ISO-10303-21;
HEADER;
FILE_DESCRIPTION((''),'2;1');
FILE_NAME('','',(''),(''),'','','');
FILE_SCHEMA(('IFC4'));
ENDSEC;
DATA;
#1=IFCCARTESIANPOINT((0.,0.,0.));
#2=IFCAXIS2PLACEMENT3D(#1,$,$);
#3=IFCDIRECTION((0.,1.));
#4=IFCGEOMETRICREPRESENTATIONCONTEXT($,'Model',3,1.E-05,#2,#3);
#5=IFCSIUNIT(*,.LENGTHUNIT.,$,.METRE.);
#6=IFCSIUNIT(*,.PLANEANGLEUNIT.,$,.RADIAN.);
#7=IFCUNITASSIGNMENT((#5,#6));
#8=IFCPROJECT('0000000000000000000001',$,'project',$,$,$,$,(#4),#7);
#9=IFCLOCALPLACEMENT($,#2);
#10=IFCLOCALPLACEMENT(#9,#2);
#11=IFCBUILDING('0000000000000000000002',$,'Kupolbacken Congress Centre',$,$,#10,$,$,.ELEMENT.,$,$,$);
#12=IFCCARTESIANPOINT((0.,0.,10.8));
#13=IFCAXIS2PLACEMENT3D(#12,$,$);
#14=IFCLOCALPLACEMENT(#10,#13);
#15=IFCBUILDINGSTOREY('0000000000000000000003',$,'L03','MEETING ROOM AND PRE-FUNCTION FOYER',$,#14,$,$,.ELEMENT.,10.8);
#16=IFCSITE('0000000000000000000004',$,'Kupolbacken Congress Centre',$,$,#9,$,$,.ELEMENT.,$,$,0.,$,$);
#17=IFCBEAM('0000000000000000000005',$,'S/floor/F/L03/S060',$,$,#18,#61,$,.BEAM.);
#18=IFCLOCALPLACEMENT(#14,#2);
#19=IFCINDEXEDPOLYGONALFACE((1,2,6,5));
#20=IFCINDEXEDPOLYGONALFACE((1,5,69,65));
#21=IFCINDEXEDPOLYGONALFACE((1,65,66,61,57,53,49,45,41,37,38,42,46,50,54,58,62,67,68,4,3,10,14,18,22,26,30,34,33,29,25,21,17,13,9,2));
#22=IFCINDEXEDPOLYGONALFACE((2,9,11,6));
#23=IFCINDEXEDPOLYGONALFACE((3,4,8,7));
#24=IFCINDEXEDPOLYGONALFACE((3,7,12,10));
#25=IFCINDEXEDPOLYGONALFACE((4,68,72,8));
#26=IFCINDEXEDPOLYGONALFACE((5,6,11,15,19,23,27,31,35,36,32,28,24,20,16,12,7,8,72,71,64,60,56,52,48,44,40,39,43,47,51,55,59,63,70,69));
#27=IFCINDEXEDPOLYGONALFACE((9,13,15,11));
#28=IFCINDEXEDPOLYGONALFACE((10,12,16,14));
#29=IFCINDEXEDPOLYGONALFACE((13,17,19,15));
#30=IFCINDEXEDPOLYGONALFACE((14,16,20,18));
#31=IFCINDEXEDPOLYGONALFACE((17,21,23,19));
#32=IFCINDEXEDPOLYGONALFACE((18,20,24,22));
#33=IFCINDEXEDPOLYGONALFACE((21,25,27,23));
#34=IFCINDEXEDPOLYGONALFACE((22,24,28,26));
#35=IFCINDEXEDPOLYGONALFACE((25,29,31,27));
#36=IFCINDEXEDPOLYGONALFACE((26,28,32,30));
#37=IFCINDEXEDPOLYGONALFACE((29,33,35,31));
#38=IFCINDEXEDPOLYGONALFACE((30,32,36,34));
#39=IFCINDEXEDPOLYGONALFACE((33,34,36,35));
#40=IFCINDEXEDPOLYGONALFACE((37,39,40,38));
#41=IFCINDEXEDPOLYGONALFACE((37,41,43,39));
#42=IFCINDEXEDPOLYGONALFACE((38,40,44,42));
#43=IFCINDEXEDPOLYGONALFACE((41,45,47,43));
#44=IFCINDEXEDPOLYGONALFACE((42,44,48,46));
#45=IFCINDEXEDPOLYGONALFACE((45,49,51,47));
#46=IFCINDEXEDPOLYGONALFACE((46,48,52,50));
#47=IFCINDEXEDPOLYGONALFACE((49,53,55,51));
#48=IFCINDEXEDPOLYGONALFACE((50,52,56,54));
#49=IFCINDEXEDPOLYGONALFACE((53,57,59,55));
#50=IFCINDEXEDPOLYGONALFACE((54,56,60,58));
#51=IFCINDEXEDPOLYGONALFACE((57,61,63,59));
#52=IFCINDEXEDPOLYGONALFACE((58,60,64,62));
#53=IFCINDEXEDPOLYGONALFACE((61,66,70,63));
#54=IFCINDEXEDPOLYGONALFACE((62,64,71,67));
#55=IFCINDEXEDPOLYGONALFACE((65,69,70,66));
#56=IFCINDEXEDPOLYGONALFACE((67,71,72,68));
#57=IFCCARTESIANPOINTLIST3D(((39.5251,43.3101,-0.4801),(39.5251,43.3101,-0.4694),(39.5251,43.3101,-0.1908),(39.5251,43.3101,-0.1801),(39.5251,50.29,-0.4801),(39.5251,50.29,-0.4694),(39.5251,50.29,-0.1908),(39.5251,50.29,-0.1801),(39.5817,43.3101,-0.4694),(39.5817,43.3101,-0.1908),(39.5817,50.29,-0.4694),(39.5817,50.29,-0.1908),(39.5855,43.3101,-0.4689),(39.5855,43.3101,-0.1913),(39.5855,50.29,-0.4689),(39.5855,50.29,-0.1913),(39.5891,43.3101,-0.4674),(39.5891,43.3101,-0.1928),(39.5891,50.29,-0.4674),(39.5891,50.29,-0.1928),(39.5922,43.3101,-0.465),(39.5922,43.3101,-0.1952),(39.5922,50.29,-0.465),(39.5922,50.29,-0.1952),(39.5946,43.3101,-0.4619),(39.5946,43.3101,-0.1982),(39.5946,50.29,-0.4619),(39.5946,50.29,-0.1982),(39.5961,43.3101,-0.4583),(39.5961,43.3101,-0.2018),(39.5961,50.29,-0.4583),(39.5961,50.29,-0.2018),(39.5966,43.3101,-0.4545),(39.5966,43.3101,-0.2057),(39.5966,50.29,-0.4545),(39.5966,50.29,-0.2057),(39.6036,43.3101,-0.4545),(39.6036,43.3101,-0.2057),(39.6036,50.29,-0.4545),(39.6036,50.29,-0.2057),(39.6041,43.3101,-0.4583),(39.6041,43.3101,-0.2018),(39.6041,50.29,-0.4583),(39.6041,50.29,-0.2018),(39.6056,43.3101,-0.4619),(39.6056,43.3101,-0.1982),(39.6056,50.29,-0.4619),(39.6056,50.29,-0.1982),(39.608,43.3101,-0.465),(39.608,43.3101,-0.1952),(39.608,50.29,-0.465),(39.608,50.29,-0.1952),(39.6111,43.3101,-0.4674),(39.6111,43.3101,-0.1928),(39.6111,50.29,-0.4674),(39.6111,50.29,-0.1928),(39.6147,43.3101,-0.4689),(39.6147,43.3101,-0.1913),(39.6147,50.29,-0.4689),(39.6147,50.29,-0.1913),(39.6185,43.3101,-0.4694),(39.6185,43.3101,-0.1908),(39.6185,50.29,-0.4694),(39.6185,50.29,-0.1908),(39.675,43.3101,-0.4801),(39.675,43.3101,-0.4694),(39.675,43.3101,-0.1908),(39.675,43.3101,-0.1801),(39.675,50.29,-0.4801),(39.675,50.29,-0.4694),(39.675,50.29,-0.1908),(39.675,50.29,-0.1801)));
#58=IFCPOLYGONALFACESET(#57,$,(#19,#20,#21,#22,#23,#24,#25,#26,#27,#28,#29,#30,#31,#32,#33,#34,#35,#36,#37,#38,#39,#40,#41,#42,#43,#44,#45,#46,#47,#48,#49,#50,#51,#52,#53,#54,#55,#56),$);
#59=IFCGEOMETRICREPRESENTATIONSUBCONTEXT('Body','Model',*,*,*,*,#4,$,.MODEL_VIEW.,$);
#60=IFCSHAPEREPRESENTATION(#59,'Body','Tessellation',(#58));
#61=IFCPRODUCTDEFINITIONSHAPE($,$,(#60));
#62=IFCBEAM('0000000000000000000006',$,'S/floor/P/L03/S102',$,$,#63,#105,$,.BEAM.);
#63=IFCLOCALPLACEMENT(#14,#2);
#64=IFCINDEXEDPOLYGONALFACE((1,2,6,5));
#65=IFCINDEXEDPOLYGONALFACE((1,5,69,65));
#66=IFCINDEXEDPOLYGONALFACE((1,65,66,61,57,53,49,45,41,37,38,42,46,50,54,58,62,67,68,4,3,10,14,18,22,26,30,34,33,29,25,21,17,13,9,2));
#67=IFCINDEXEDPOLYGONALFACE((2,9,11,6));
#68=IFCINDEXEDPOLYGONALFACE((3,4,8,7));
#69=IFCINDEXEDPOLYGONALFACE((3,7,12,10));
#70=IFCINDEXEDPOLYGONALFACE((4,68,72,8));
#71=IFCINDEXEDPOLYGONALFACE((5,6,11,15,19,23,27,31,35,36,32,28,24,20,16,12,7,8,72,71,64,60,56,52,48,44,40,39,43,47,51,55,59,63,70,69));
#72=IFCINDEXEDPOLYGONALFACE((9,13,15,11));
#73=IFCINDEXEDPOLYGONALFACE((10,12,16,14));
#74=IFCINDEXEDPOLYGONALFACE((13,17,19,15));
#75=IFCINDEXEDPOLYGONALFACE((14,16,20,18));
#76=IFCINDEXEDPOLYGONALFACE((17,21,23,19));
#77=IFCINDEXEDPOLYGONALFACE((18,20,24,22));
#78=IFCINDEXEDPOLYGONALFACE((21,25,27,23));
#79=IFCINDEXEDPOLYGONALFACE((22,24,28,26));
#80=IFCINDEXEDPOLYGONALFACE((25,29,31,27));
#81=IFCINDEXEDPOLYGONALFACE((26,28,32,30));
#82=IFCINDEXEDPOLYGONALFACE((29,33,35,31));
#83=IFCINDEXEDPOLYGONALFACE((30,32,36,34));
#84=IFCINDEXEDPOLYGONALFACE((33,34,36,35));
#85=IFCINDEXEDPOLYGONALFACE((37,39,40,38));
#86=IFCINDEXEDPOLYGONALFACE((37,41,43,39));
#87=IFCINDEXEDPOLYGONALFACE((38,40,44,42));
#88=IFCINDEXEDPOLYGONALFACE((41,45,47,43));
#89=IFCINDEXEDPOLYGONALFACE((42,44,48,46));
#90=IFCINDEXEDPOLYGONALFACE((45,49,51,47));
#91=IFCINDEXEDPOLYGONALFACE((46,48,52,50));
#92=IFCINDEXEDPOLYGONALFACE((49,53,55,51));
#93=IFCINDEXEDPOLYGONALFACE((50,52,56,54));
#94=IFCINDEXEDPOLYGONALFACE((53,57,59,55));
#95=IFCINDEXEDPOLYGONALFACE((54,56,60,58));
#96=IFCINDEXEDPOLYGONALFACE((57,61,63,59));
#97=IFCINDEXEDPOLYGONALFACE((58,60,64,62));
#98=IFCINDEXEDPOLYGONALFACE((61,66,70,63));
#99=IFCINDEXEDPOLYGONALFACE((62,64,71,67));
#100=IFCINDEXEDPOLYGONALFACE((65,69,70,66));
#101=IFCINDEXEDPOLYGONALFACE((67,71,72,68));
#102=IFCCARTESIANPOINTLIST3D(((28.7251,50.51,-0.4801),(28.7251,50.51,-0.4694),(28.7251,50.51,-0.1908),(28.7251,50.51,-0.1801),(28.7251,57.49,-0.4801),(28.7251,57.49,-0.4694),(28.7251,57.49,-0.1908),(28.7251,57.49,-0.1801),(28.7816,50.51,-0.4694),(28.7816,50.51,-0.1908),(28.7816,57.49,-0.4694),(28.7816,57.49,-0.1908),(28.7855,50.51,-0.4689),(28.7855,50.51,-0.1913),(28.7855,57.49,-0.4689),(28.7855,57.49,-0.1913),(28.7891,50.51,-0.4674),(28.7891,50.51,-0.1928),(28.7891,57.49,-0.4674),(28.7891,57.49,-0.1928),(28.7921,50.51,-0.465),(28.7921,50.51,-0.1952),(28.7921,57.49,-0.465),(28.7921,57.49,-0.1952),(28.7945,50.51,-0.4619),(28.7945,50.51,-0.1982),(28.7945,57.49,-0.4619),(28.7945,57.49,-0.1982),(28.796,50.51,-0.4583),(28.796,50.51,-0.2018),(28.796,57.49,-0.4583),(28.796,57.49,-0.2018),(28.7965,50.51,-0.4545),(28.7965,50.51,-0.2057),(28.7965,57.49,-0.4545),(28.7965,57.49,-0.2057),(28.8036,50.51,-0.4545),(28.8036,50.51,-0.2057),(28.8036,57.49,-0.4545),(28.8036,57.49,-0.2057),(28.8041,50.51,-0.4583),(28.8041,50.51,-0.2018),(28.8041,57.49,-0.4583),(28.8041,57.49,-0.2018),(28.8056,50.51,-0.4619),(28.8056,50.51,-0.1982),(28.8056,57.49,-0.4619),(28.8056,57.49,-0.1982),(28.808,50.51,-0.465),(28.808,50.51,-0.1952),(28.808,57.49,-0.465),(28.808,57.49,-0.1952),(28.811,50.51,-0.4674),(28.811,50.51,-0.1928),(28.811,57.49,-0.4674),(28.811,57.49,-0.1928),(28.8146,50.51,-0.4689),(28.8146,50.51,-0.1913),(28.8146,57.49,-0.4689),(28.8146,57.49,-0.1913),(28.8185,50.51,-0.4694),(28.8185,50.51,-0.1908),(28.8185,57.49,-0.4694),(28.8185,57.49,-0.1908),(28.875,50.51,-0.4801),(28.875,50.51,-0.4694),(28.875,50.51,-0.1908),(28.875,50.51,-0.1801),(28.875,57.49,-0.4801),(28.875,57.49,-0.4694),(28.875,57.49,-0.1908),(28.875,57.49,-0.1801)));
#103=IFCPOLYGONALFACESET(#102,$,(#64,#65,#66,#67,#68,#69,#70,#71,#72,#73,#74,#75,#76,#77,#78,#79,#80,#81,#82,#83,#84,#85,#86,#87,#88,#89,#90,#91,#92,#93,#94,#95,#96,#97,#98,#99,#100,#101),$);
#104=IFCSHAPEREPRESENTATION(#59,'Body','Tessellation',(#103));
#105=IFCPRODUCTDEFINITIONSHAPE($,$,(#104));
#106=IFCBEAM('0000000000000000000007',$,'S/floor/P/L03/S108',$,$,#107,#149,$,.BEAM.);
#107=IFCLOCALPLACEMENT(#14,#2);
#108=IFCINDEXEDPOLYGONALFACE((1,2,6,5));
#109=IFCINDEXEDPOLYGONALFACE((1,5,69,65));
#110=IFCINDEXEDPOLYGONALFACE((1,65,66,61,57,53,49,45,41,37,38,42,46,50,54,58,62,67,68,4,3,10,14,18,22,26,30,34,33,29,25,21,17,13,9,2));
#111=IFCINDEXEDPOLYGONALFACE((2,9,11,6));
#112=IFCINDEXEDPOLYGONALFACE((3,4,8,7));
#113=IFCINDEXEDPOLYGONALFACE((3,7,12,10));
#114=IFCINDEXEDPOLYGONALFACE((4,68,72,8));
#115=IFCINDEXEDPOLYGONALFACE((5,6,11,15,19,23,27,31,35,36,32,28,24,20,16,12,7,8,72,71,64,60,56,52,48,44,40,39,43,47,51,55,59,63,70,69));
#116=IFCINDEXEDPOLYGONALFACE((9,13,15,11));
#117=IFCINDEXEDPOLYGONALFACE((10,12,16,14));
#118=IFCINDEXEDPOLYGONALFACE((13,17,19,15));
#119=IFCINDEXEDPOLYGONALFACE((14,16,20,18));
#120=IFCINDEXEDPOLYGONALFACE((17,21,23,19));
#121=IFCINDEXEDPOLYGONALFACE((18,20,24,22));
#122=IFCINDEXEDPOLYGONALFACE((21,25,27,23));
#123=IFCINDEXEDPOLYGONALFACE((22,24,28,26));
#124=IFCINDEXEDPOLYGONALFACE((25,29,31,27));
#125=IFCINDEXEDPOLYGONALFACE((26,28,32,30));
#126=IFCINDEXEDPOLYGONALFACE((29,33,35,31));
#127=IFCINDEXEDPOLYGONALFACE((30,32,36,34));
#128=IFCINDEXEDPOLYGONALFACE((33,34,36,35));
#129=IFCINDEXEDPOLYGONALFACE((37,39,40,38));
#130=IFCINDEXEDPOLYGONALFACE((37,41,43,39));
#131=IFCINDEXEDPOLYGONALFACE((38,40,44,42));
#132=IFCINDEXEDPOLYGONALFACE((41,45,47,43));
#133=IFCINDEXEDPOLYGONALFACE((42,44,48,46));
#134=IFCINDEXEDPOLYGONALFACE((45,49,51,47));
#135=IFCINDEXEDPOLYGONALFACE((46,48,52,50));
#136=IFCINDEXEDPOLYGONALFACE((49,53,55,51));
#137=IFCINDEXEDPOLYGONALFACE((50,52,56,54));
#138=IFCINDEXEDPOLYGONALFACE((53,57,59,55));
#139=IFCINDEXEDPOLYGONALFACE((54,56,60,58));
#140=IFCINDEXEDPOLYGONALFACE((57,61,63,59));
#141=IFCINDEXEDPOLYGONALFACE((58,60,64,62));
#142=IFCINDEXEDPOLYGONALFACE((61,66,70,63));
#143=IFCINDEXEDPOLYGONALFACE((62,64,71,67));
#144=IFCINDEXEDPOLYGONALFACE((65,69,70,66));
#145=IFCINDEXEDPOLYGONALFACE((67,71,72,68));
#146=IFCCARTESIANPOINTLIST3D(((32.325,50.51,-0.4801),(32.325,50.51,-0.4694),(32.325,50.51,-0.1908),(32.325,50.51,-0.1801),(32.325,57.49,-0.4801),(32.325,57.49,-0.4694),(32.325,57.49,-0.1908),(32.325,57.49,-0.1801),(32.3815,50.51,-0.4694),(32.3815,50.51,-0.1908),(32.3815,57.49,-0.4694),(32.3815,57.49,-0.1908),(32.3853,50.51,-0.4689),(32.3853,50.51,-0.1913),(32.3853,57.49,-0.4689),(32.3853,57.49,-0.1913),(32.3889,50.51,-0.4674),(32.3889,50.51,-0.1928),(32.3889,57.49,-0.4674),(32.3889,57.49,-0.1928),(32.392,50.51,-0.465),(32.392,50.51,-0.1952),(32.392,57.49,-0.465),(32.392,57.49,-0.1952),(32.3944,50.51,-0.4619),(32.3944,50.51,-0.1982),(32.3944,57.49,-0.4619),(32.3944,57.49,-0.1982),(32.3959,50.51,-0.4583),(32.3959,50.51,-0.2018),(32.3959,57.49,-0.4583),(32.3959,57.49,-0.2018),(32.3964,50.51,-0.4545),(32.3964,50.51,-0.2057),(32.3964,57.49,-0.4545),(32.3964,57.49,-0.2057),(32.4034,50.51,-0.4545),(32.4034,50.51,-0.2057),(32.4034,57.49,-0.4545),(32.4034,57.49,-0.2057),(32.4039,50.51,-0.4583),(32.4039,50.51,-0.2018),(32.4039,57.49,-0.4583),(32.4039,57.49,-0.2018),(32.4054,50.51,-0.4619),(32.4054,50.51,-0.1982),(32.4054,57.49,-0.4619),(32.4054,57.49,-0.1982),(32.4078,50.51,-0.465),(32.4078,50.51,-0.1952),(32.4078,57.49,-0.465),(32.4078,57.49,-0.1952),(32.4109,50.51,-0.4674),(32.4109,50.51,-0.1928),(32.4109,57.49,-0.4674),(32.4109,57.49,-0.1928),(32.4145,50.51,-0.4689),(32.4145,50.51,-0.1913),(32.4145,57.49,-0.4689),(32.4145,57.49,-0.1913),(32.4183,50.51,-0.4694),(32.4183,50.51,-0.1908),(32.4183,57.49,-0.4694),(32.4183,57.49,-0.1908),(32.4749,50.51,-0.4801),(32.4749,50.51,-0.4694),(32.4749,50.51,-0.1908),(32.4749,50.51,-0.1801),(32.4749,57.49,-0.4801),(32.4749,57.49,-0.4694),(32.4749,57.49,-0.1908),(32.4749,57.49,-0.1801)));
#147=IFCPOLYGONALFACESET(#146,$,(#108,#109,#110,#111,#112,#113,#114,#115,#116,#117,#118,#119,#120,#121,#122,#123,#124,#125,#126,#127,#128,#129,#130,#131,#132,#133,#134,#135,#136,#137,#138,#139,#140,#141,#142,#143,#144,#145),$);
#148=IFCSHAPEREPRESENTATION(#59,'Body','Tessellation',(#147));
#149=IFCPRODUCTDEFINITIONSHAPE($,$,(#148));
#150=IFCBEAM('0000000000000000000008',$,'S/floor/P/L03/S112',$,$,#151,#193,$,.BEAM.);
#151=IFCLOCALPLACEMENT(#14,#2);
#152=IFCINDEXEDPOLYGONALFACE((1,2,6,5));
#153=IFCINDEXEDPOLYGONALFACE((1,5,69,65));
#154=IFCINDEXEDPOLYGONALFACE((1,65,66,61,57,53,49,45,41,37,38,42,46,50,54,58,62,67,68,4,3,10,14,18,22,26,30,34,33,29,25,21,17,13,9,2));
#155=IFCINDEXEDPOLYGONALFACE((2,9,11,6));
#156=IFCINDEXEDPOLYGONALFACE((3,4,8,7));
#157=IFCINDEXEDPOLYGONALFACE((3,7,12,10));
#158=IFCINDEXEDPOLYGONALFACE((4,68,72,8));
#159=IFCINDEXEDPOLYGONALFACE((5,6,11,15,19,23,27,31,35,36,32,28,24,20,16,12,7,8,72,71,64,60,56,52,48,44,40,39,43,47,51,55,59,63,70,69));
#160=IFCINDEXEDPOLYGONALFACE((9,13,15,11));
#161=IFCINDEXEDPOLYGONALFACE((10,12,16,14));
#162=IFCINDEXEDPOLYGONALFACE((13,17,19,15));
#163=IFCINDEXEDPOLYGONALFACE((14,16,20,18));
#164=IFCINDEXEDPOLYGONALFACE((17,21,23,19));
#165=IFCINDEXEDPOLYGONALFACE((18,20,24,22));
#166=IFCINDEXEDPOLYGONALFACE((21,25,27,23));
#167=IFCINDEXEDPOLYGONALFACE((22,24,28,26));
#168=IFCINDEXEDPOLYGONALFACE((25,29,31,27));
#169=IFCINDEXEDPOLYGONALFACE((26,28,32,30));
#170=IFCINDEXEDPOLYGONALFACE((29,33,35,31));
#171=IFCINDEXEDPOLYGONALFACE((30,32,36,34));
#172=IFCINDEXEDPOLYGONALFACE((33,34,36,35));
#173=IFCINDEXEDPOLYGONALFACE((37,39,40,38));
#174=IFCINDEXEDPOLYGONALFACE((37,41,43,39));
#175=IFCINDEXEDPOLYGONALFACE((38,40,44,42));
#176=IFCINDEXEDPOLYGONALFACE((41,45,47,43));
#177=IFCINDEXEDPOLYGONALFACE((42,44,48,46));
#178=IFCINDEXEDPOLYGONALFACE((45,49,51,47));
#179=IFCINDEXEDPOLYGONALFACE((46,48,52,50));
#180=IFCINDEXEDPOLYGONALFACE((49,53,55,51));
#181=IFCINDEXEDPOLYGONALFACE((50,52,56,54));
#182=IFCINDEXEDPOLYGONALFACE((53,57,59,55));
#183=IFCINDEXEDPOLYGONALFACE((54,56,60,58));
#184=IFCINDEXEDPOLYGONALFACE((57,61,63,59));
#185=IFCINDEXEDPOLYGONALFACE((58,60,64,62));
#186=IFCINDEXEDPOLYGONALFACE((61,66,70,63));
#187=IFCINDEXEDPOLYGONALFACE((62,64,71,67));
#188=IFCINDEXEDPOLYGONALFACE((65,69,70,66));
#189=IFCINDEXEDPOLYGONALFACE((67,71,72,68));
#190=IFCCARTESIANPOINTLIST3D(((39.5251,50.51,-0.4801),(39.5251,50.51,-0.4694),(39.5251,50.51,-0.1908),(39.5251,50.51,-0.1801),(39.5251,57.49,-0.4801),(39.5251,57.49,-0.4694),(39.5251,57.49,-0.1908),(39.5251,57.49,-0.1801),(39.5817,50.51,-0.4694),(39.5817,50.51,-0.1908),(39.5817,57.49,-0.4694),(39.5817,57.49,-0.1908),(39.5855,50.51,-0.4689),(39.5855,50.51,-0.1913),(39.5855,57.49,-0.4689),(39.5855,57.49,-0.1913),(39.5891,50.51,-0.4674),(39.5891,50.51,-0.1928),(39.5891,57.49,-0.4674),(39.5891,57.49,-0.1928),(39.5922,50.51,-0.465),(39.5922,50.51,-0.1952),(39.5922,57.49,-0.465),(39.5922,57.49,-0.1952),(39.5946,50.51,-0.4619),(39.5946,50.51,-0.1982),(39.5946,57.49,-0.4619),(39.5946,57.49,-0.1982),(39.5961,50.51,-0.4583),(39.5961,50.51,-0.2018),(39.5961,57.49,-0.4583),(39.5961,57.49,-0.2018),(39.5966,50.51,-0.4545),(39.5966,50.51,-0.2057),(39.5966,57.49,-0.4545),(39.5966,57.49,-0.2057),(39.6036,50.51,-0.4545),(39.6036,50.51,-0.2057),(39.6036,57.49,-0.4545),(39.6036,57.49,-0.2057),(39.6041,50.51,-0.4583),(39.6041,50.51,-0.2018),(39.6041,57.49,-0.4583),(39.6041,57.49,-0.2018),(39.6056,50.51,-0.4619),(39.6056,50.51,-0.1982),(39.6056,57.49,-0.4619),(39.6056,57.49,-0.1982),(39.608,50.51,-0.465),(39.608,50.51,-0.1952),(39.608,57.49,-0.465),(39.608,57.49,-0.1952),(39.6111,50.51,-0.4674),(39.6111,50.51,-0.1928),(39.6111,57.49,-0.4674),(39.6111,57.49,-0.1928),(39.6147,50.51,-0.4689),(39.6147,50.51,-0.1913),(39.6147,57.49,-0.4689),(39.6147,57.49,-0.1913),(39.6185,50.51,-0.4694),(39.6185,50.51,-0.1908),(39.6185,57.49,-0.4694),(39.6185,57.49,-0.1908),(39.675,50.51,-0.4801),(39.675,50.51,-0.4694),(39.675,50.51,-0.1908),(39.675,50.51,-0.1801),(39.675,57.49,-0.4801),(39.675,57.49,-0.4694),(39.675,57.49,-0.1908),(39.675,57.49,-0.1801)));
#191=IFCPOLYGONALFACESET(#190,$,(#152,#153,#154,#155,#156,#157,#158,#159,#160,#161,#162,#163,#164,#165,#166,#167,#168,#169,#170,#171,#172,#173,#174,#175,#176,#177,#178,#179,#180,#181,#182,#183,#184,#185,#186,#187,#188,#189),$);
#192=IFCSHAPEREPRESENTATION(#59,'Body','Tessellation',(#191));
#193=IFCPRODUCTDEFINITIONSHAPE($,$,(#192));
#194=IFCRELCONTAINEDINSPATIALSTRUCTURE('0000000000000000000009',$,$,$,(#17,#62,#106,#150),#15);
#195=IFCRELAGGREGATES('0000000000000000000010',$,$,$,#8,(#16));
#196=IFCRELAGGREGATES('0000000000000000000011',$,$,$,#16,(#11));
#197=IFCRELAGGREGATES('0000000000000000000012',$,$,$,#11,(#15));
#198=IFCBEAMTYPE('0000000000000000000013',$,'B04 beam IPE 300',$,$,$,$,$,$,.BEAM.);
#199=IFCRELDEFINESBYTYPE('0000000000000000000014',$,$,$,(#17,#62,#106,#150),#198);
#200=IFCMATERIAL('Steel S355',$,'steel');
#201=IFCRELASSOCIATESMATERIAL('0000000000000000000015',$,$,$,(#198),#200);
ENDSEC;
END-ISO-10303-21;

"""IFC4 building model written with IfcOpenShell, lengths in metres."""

from ifc_helpers import new_model, si_unit, direction, frame, origin, origin_2d, place, context, subcontext, project, spatial, i_section, extrude, material, material_profile, profile_set, type_object, element, save


model = new_model("IFC4")

# Units and contexts
model_context = context("Model", 3, precision=1e-05, world=origin(), true_north=direction((0.0, 1.0)))
body_context = subcontext(model_context, "Body", "Model", "MODEL_VIEW")
ifc_project = project(units=[si_unit("LENGTHUNIT", "METRE"), si_unit("PLANEANGLEUNIT", "RADIAN")], contexts=[model_context])

# Site, building, storey
site_placement = place(None, origin())
site = spatial("IfcSite", under=ifc_project, at=site_placement, Name="Kupolbacken Congress Centre", CompositionType="ELEMENT", RefElevation=0.0)
building_placement = place(site_placement, origin())
building = spatial("IfcBuilding", under=site, at=building_placement, Name="Kupolbacken Congress Centre", CompositionType="ELEMENT")
storey_placement = place(building_placement, frame((0.0, 0.0, 10.8)))
storey = spatial("IfcBuildingStorey", under=building, at=storey_placement, Name="L03", Description="MEETING ROOM AND PRE-FUNCTION FOYER", CompositionType="ELEMENT", Elevation=10.8)

# Beams
ifc_material_1 = material(Name="Steel S355", Category="steel")
ifc_material_profile_1 = material_profile(ifc_material_1, i_section(OverallWidth=0.1499, OverallDepth=0.3, WebThickness=0.0071, FlangeThickness=0.0107, FilletRadius=0.0149, at=origin_2d()), Name="IPE 300")
ifc_profile_set_1 = profile_set([ifc_material_profile_1], Name="Steel S355")
beam_type_1 = type_object("IfcBeamType", Name="B04 beam IPE 300", PredefinedType="BEAM", material=ifc_profile_set_1)
for number, where, z_axis, x_axis, name in (
    (1, (39.6001, 43.3101, -0.3301), (0.0, 1.0, 0.0), (-1.0, 0.0, 0.0), "S/floor/F/L03/S060"),
    (2, (28.8, 50.51, -0.3301), (0.0, 1.0, 0.0), (-1.0, 0.0, 0.0), "S/floor/P/L03/S102"),
    (3, (32.3999, 50.51, -0.3301), (0.0, 1.0, 0.0), (-1.0, 0.0, 0.0), "S/floor/P/L03/S108"),
    (4, (39.6001, 50.51, -0.3301), (0.0, 1.0, 0.0), (-1.0, 0.0, 0.0), "S/floor/P/L03/S112"),
):
    element("IfcBeam", number, at=place(storey_placement, frame(where, z_axis=z_axis, x_axis=x_axis)), inside=storey, type_object=beam_type_1, Name=name, PredefinedType="BEAM", context=body_context, shape_type="SweptSolid", body=[
        extrude(i_section(OverallWidth=0.1499, OverallDepth=0.3, WebThickness=0.0071, FlangeThickness=0.0107, FilletRadius=0.0149, at=origin_2d()), origin(), (0.0, 0.0, 1.0), 6.98),
    ])

save(model, "model.ifc")
